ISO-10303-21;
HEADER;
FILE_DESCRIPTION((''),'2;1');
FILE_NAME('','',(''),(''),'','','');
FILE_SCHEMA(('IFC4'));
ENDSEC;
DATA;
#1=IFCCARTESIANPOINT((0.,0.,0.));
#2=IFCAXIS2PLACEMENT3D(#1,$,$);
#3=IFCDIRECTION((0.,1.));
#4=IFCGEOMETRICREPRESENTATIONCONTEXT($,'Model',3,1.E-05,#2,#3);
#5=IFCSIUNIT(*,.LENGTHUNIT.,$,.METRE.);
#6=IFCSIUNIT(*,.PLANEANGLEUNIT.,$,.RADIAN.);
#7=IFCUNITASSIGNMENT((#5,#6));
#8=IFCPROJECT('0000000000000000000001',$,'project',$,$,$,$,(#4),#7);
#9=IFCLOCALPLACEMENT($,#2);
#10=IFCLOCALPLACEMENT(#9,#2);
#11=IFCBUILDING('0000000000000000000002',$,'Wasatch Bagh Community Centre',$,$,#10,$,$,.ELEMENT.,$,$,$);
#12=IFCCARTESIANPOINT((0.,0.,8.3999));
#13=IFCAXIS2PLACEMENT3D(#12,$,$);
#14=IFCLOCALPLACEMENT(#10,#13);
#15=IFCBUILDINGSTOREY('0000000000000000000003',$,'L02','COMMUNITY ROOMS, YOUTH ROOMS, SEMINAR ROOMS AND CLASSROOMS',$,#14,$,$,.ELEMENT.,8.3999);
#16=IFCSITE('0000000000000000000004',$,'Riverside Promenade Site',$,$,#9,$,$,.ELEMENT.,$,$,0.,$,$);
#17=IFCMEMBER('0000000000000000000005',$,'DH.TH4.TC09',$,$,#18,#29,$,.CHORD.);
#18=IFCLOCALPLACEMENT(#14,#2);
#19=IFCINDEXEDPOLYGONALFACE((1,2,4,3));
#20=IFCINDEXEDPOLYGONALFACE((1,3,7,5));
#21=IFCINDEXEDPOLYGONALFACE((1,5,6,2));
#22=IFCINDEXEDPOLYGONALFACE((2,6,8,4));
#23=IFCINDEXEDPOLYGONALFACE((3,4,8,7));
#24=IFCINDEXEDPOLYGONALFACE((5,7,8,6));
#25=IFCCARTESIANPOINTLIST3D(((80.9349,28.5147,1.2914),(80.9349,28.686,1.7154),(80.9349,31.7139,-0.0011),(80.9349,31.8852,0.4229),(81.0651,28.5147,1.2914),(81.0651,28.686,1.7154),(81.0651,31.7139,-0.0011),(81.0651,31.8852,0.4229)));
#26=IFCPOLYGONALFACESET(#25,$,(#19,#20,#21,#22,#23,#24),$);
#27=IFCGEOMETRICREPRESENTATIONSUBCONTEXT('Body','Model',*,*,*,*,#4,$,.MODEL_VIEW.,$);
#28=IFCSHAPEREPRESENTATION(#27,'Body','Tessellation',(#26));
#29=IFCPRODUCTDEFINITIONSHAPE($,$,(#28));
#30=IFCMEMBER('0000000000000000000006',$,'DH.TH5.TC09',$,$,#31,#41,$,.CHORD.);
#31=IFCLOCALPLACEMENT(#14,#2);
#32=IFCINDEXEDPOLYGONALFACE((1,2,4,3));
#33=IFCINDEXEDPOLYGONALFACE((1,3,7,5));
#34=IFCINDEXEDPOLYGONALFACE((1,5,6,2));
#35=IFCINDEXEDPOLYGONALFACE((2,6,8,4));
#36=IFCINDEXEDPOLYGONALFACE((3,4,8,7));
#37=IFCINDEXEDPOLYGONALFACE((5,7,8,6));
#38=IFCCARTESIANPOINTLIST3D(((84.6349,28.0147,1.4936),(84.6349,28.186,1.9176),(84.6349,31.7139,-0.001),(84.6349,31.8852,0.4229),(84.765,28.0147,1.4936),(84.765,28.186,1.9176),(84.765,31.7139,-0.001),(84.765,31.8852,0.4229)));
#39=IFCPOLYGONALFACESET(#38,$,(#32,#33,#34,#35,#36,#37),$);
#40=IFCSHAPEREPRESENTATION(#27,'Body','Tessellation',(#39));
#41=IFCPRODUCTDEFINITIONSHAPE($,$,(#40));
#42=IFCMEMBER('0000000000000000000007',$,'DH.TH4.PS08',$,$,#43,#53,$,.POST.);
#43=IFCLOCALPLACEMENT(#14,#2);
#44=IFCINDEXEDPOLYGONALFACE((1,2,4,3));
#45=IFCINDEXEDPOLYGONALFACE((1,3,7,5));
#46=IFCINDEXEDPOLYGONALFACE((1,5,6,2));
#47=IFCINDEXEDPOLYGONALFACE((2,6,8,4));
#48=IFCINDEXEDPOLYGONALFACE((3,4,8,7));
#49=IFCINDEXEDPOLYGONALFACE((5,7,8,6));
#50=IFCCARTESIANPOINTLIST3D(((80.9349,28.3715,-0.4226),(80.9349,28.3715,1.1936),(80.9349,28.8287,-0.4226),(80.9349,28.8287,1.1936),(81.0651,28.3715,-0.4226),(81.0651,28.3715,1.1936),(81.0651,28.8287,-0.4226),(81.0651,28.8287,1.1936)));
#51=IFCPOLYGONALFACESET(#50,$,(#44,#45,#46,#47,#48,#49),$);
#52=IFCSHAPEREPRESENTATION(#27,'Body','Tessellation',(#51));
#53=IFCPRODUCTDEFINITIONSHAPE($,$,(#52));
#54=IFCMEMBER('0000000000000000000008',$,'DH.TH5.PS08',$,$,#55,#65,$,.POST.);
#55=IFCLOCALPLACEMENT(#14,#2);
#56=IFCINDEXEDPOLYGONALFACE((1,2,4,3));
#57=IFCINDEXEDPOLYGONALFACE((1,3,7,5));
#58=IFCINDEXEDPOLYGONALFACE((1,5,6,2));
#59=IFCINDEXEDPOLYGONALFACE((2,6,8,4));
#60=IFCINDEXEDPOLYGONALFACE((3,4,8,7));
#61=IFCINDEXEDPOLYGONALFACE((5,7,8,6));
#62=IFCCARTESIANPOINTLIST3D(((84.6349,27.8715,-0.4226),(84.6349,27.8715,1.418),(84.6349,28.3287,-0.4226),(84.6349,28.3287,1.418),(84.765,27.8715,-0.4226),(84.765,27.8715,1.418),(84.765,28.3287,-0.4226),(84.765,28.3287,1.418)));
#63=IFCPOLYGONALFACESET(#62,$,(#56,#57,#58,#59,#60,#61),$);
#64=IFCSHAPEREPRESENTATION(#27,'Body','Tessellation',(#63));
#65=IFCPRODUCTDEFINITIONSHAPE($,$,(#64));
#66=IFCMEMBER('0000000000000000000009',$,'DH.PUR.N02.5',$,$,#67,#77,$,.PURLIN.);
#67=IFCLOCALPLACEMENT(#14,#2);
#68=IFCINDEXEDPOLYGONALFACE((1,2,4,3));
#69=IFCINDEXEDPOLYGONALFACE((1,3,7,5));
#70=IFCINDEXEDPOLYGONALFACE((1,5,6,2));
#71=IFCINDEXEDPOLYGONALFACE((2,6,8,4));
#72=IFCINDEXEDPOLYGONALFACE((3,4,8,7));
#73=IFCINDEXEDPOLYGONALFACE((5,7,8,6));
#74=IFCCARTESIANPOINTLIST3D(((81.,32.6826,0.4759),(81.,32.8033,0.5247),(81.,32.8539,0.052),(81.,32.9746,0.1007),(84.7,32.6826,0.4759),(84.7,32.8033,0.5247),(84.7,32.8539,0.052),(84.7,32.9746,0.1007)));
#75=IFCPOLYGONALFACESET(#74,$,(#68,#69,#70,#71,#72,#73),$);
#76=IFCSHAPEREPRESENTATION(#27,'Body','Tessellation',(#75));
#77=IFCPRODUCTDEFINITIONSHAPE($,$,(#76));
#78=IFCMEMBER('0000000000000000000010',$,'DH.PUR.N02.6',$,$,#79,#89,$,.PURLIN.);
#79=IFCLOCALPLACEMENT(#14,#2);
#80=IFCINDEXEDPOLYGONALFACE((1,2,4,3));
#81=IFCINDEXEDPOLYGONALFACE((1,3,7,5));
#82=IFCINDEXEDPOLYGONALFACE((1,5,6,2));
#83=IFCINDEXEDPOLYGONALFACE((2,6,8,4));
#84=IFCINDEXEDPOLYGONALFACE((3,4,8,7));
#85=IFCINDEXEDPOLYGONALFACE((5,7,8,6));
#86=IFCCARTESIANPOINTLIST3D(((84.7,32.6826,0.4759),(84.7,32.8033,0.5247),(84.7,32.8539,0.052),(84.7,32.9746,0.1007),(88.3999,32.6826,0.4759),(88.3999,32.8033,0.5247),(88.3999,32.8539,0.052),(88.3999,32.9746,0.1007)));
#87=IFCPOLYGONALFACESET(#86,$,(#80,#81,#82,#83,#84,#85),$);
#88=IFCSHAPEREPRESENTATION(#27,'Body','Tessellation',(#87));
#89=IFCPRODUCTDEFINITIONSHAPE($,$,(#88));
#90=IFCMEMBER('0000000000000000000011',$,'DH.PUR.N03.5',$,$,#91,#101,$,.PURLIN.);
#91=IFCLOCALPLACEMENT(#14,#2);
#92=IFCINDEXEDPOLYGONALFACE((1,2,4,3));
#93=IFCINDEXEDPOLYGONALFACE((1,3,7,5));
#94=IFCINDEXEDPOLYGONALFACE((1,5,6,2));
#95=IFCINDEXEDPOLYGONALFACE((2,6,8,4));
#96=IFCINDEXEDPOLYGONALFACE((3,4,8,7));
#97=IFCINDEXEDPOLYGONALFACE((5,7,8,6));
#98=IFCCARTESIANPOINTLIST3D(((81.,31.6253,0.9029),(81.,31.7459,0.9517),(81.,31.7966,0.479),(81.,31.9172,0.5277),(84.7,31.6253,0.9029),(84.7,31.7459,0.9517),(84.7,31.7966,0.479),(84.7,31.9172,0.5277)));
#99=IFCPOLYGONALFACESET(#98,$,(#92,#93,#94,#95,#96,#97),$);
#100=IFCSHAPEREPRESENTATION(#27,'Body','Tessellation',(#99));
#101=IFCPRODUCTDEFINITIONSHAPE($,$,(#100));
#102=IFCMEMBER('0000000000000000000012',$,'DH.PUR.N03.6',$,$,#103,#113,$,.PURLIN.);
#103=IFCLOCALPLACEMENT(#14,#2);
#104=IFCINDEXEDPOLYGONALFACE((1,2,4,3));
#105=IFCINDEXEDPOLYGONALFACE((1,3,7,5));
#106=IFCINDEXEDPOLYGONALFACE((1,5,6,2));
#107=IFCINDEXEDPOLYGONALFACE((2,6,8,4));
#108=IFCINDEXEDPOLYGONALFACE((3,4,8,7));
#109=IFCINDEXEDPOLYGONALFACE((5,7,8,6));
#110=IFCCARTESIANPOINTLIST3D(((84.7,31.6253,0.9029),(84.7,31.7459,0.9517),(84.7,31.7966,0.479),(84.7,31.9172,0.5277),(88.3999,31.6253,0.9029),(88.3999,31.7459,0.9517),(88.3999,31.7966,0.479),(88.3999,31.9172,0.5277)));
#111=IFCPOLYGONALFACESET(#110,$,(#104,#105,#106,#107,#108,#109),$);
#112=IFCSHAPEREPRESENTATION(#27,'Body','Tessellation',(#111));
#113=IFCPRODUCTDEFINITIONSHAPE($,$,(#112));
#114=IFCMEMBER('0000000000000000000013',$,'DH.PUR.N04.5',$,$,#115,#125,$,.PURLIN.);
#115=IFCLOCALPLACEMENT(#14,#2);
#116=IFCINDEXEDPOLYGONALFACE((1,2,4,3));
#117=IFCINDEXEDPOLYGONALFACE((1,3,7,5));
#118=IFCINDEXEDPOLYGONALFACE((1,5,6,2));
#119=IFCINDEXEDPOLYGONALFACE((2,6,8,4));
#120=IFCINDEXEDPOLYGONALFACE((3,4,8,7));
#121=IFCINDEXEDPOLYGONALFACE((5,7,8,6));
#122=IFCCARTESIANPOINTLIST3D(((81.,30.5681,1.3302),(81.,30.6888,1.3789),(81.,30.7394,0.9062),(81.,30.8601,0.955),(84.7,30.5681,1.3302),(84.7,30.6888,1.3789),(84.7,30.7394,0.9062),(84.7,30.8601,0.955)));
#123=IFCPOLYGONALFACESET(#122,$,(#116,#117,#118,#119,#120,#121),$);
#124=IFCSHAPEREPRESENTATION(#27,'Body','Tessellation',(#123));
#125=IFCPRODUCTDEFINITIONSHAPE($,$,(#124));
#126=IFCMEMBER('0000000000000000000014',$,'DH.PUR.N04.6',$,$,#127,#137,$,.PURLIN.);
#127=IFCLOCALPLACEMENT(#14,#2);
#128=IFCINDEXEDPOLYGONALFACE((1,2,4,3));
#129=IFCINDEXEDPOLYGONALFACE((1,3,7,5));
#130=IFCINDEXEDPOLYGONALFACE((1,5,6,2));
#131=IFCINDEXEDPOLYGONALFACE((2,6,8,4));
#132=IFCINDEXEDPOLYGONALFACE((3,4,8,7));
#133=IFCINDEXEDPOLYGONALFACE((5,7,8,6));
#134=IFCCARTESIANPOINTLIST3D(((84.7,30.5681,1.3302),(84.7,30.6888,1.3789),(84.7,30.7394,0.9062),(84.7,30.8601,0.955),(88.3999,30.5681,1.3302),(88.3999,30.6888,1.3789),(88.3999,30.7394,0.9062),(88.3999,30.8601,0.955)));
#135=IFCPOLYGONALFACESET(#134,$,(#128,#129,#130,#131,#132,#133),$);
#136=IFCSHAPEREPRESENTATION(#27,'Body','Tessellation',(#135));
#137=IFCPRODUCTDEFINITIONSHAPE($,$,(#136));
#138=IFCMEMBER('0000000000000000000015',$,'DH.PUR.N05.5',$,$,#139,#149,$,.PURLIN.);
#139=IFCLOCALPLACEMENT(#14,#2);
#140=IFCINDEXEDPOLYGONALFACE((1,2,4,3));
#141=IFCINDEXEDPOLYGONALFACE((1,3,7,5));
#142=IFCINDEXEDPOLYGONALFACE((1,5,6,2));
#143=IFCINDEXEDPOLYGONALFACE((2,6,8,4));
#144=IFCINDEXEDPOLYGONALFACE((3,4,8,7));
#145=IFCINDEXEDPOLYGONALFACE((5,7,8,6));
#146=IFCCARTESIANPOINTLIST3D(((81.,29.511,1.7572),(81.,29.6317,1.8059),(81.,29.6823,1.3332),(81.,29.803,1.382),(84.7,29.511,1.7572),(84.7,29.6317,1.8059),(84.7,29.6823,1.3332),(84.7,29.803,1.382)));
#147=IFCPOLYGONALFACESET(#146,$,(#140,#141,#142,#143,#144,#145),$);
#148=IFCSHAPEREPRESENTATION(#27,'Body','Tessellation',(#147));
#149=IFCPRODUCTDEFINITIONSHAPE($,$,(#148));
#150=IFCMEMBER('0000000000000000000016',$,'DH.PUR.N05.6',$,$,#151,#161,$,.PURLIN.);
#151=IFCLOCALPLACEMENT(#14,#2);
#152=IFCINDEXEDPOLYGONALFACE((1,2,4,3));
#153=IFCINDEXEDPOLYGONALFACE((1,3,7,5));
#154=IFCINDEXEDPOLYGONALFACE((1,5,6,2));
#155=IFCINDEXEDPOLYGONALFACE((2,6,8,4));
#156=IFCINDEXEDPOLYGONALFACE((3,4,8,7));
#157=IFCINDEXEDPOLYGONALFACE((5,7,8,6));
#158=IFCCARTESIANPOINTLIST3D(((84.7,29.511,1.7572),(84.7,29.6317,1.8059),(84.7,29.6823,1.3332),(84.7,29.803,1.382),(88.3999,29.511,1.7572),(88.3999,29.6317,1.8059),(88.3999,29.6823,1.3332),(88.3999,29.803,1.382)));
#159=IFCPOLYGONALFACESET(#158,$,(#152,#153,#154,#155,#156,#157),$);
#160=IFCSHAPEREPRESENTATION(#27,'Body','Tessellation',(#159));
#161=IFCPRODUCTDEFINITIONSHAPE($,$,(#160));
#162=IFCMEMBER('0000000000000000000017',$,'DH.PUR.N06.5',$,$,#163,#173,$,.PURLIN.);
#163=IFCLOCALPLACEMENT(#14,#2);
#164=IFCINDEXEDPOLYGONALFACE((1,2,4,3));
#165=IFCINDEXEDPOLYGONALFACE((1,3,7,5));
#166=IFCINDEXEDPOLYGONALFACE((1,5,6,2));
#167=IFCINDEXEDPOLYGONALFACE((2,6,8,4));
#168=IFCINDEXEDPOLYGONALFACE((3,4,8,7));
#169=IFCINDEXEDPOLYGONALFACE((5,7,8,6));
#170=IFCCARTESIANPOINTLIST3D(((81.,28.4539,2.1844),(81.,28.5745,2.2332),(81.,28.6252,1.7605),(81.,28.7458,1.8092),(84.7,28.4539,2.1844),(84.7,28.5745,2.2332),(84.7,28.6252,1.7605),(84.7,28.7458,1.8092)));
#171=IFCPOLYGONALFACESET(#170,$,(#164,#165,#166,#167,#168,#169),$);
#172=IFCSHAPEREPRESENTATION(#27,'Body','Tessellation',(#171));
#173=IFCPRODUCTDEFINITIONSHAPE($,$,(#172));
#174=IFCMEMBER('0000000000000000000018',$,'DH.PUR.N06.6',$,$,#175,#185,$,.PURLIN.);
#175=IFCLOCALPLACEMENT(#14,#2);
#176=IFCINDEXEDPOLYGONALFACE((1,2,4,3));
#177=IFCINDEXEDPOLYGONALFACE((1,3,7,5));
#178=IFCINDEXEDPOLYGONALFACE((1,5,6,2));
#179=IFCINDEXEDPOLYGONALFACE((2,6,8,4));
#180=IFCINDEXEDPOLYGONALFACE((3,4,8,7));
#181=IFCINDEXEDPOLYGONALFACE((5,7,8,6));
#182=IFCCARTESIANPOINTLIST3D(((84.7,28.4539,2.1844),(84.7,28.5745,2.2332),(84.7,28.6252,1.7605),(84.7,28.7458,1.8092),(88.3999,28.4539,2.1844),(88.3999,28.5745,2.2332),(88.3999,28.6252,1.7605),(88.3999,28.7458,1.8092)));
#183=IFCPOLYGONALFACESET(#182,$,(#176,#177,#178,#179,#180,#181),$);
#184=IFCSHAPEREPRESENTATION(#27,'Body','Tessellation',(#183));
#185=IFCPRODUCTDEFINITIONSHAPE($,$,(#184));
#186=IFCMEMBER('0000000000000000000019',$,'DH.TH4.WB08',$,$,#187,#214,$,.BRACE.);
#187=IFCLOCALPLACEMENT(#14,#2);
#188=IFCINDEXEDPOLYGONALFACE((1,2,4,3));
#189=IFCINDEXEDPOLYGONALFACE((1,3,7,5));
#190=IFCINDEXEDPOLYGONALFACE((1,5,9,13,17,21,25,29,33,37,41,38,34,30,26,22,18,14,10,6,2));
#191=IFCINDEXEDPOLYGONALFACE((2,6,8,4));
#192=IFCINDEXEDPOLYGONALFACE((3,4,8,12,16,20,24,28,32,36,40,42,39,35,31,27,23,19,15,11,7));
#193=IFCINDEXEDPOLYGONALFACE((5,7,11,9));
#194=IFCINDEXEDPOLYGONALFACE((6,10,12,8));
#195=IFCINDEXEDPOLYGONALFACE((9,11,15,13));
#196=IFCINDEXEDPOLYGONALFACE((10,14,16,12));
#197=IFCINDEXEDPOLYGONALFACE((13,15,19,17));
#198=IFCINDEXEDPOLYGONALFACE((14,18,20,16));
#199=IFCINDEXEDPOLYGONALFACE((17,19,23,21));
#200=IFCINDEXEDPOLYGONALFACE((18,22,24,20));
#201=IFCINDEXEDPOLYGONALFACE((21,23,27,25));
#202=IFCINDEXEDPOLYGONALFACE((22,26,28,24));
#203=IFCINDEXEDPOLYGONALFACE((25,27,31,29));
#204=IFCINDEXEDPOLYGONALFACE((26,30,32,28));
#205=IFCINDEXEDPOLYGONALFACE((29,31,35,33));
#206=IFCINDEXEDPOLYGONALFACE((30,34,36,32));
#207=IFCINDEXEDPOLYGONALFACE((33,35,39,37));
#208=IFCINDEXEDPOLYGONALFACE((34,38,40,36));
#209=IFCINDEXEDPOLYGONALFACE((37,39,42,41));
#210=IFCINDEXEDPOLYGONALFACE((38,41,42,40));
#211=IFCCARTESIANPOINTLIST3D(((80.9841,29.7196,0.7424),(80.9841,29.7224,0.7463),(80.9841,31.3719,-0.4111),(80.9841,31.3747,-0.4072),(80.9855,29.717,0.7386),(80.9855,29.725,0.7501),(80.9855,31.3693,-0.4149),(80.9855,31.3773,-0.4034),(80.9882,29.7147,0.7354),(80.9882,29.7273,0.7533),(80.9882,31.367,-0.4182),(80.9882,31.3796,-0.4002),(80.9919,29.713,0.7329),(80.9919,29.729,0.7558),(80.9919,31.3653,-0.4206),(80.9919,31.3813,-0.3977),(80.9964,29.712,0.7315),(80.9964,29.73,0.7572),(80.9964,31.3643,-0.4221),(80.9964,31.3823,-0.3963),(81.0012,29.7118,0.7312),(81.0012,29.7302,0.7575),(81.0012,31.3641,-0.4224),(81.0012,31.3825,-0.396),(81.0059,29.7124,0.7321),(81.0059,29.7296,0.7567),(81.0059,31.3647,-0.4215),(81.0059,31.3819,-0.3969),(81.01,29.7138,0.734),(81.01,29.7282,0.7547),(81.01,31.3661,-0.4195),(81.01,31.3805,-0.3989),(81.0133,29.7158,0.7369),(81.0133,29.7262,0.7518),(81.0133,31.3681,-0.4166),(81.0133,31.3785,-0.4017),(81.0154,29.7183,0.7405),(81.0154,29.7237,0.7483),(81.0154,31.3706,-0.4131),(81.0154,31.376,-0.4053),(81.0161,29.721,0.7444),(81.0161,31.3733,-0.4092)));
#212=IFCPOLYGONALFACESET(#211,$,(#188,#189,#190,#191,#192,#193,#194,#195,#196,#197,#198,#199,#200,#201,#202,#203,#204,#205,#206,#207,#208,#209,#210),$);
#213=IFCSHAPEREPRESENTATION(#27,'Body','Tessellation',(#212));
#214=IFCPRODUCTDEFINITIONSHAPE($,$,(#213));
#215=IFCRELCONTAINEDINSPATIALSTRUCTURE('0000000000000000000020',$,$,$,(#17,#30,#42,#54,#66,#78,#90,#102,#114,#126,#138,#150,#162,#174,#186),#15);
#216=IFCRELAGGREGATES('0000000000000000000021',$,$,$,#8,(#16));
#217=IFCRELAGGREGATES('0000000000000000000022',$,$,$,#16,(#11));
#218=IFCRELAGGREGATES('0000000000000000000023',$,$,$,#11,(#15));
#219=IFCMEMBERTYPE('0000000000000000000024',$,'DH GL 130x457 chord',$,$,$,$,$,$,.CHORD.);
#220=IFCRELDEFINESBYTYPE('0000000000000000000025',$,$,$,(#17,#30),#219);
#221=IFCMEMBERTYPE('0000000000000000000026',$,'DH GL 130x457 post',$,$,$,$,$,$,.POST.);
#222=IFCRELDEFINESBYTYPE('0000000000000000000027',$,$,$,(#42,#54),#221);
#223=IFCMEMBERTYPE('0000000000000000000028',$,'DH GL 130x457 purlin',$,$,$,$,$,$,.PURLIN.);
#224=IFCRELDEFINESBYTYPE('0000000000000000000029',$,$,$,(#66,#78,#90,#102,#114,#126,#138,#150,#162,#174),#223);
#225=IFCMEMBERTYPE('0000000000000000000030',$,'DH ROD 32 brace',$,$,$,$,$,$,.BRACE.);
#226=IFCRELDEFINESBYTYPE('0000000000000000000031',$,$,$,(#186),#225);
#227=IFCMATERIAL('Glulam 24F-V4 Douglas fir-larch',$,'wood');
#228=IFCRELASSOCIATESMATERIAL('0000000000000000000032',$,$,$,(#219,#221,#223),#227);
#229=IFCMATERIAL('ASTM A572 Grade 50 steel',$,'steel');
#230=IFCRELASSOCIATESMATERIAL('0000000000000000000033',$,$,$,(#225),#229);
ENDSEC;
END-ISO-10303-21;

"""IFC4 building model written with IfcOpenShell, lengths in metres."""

from ifc_helpers import new_model, si_unit, direction, frame, origin, origin_2d, place, context, subcontext, project, spatial, rectangle, circle, extrude, material, material_profile, profile_set, type_object, element, save


model = new_model("IFC4")

# Units and contexts
model_context = context("Model", 3, precision=1e-05, world=origin(), true_north=direction((0.0, 1.0)))
body_context = subcontext(model_context, "Body", "Model", "MODEL_VIEW")
ifc_project = project(units=[si_unit("LENGTHUNIT", "METRE"), si_unit("PLANEANGLEUNIT", "RADIAN")], contexts=[model_context])

# Site, building, storey
site_placement = place(None, origin())
site = spatial("IfcSite", under=ifc_project, at=site_placement, Name="Riverside Promenade Site", CompositionType="ELEMENT", RefElevation=0.0)
building_placement = place(site_placement, origin())
building = spatial("IfcBuilding", under=site, at=building_placement, Name="Wasatch Bagh Community Centre", CompositionType="ELEMENT")
storey_placement = place(building_placement, frame((0.0, 0.0, 8.3999)))
storey = spatial("IfcBuildingStorey", under=building, at=storey_placement, Name="L02", Description="COMMUNITY ROOMS, YOUTH ROOMS, SEMINAR ROOMS AND CLASSROOMS", CompositionType="ELEMENT", Elevation=8.3999)

# Members
ifc_material_1 = material(Name="Glulam 24F-V4 Douglas fir-larch", Category="wood")
ifc_material_profile_1 = material_profile(ifc_material_1, rectangle(XDim=0.1301, YDim=0.4573, at=origin_2d()), Name="GL 130x457")
ifc_profile_set_1 = profile_set([ifc_material_profile_1], Name="Glulam 24F-V4 Douglas fir-larch")
member_type_1 = type_object("IfcMemberType", Name="DH GL 130x457 chord", PredefinedType="CHORD", material=ifc_profile_set_1)
member_1_placement = place(storey_placement, frame((81.0, 28.6003, 1.5034), z_axis=(0.0, 0.927193, -0.374585), x_axis=(-1.0, 0.0, 0.0)))
element("IfcMember", 1, at=member_1_placement, inside=storey, type_object=member_type_1, Name="DH.TH4.TC09", PredefinedType="CHORD", context=body_context, shape_type="SweptSolid", body=[
    extrude(rectangle(XDim=0.1301, YDim=0.4573, at=origin_2d()), origin(), (0.0, 0.0, 1.0), 3.4504),
])
member_2_placement = place(storey_placement, frame((84.7, 28.1003, 1.7056), z_axis=(0.0, 0.92718, -0.374617), x_axis=(-1.0, 0.0, 0.0)))
element("IfcMember", 2, at=member_2_placement, inside=storey, type_object=member_type_1, Name="DH.TH5.TC09", PredefinedType="CHORD", context=body_context, shape_type="SweptSolid", body=[
    extrude(rectangle(XDim=0.1301, YDim=0.4573, at=origin_2d()), origin(), (0.0, 0.0, 1.0), 3.9897),
])
ifc_material_profile_2 = material_profile(ifc_material_1, rectangle(XDim=0.1301, YDim=0.4573, at=origin_2d()), Name="GL 130x457")
ifc_profile_set_2 = profile_set([ifc_material_profile_2], Name="Glulam 24F-V4 Douglas fir-larch")
member_type_2 = type_object("IfcMemberType", Name="DH GL 130x457 post", PredefinedType="POST", material=ifc_profile_set_2)
member_3_placement = place(storey_placement, frame((81.0, 28.6001, -0.4226), z_axis=(0.0, 0.0, 1.0), x_axis=(1.0, 0.0, 0.0)))
element("IfcMember", 3, at=member_3_placement, inside=storey, type_object=member_type_2, Name="DH.TH4.PS08", PredefinedType="POST", context=body_context, shape_type="SweptSolid", body=[
    extrude(rectangle(XDim=0.1301, YDim=0.4573, at=origin_2d()), origin(), (0.0, 0.0, 1.0), 1.6162),
])
member_4_placement = place(storey_placement, frame((84.7, 28.1001, -0.4226), z_axis=(0.0, 0.0, 1.0), x_axis=(1.0, 0.0, 0.0)))
element("IfcMember", 4, at=member_4_placement, inside=storey, type_object=member_type_2, Name="DH.TH5.PS08", PredefinedType="POST", context=body_context, shape_type="SweptSolid", body=[
    extrude(rectangle(XDim=0.1301, YDim=0.4573, at=origin_2d()), origin(), (0.0, 0.0, 1.0), 1.8406),
])
ifc_material_profile_3 = material_profile(ifc_material_1, rectangle(XDim=0.1301, YDim=0.4573, at=origin_2d()), Name="GL 130x457")
ifc_profile_set_3 = profile_set([ifc_material_profile_3], Name="Glulam 24F-V4 Douglas fir-larch")
member_type_3 = type_object("IfcMemberType", Name="DH GL 130x457 purlin", PredefinedType="PURLIN", material=ifc_profile_set_3)
for number, where, z_axis, x_axis, name in (
    (5, (81.0, 32.8286, 0.2883), (1.0, 0.0, 0.0), (0.0, 0.927184, 0.374607), "DH.PUR.N02.5"),
    (6, (84.7, 32.8286, 0.2883), (1.0, 0.0, 0.0), (0.0, 0.927184, 0.374607), "DH.PUR.N02.6"),
    (7, (81.0, 31.7712, 0.7153), (1.0, 0.0, 0.0), (0.0, 0.927184, 0.374607), "DH.PUR.N03.5"),
    (8, (84.7, 31.7712, 0.7153), (1.0, 0.0, 0.0), (0.0, 0.927184, 0.374607), "DH.PUR.N03.6"),
    (9, (81.0, 30.7141, 1.1426), (1.0, 0.0, 0.0), (0.0, 0.927184, 0.374607), "DH.PUR.N04.5"),
    (10, (84.7, 30.7141, 1.1426), (1.0, 0.0, 0.0), (0.0, 0.927184, 0.374607), "DH.PUR.N04.6"),
    (11, (81.0, 29.657, 1.5696), (1.0, 0.0, 0.0), (0.0, 0.927184, 0.374607), "DH.PUR.N05.5"),
    (12, (84.7, 29.657, 1.5696), (1.0, 0.0, 0.0), (0.0, 0.927184, 0.374607), "DH.PUR.N05.6"),
    (13, (81.0, 28.5999, 1.9968), (1.0, 0.0, 0.0), (0.0, 0.927184, 0.374607), "DH.PUR.N06.5"),
    (14, (84.7, 28.5999, 1.9968), (1.0, 0.0, 0.0), (0.0, 0.927184, 0.374607), "DH.PUR.N06.6"),
):
    element("IfcMember", number, at=place(storey_placement, frame(where, z_axis=z_axis, x_axis=x_axis)), inside=storey, type_object=member_type_3, Name=name, PredefinedType="PURLIN", context=body_context, shape_type="SweptSolid", body=[
        extrude(rectangle(XDim=0.1301, YDim=0.4573, at=origin_2d()), origin(), (0.0, 0.0, 1.0), 3.7),
    ])
ifc_material_2 = material(Name="ASTM A572 Grade 50 steel", Category="steel")
ifc_material_profile_4 = material_profile(ifc_material_2, circle(Radius=0.0161, at=origin_2d()), Name="ROD 32")
ifc_profile_set_4 = profile_set([ifc_material_profile_4], Name="ASTM A572 Grade 50 steel")
member_type_4 = type_object("IfcMemberType", Name="DH ROD 32 brace", PredefinedType="BRACE", material=ifc_profile_set_4)
member_5_placement = place(storey_placement, frame((81.0, 31.3733, -0.4092), z_axis=(0.0, -0.819948, 0.572437), x_axis=(1.0, 0.0, 0.0)))
element("IfcMember", 15, at=member_5_placement, inside=storey, type_object=member_type_4, Name="DH.TH4.WB08", PredefinedType="BRACE", context=body_context, shape_type="SweptSolid", body=[
    extrude(circle(Radius=0.0161, at=origin_2d()), origin(), (0.0, 0.0, 1.0), 2.0151),
])

save(model, "model.ifc")
